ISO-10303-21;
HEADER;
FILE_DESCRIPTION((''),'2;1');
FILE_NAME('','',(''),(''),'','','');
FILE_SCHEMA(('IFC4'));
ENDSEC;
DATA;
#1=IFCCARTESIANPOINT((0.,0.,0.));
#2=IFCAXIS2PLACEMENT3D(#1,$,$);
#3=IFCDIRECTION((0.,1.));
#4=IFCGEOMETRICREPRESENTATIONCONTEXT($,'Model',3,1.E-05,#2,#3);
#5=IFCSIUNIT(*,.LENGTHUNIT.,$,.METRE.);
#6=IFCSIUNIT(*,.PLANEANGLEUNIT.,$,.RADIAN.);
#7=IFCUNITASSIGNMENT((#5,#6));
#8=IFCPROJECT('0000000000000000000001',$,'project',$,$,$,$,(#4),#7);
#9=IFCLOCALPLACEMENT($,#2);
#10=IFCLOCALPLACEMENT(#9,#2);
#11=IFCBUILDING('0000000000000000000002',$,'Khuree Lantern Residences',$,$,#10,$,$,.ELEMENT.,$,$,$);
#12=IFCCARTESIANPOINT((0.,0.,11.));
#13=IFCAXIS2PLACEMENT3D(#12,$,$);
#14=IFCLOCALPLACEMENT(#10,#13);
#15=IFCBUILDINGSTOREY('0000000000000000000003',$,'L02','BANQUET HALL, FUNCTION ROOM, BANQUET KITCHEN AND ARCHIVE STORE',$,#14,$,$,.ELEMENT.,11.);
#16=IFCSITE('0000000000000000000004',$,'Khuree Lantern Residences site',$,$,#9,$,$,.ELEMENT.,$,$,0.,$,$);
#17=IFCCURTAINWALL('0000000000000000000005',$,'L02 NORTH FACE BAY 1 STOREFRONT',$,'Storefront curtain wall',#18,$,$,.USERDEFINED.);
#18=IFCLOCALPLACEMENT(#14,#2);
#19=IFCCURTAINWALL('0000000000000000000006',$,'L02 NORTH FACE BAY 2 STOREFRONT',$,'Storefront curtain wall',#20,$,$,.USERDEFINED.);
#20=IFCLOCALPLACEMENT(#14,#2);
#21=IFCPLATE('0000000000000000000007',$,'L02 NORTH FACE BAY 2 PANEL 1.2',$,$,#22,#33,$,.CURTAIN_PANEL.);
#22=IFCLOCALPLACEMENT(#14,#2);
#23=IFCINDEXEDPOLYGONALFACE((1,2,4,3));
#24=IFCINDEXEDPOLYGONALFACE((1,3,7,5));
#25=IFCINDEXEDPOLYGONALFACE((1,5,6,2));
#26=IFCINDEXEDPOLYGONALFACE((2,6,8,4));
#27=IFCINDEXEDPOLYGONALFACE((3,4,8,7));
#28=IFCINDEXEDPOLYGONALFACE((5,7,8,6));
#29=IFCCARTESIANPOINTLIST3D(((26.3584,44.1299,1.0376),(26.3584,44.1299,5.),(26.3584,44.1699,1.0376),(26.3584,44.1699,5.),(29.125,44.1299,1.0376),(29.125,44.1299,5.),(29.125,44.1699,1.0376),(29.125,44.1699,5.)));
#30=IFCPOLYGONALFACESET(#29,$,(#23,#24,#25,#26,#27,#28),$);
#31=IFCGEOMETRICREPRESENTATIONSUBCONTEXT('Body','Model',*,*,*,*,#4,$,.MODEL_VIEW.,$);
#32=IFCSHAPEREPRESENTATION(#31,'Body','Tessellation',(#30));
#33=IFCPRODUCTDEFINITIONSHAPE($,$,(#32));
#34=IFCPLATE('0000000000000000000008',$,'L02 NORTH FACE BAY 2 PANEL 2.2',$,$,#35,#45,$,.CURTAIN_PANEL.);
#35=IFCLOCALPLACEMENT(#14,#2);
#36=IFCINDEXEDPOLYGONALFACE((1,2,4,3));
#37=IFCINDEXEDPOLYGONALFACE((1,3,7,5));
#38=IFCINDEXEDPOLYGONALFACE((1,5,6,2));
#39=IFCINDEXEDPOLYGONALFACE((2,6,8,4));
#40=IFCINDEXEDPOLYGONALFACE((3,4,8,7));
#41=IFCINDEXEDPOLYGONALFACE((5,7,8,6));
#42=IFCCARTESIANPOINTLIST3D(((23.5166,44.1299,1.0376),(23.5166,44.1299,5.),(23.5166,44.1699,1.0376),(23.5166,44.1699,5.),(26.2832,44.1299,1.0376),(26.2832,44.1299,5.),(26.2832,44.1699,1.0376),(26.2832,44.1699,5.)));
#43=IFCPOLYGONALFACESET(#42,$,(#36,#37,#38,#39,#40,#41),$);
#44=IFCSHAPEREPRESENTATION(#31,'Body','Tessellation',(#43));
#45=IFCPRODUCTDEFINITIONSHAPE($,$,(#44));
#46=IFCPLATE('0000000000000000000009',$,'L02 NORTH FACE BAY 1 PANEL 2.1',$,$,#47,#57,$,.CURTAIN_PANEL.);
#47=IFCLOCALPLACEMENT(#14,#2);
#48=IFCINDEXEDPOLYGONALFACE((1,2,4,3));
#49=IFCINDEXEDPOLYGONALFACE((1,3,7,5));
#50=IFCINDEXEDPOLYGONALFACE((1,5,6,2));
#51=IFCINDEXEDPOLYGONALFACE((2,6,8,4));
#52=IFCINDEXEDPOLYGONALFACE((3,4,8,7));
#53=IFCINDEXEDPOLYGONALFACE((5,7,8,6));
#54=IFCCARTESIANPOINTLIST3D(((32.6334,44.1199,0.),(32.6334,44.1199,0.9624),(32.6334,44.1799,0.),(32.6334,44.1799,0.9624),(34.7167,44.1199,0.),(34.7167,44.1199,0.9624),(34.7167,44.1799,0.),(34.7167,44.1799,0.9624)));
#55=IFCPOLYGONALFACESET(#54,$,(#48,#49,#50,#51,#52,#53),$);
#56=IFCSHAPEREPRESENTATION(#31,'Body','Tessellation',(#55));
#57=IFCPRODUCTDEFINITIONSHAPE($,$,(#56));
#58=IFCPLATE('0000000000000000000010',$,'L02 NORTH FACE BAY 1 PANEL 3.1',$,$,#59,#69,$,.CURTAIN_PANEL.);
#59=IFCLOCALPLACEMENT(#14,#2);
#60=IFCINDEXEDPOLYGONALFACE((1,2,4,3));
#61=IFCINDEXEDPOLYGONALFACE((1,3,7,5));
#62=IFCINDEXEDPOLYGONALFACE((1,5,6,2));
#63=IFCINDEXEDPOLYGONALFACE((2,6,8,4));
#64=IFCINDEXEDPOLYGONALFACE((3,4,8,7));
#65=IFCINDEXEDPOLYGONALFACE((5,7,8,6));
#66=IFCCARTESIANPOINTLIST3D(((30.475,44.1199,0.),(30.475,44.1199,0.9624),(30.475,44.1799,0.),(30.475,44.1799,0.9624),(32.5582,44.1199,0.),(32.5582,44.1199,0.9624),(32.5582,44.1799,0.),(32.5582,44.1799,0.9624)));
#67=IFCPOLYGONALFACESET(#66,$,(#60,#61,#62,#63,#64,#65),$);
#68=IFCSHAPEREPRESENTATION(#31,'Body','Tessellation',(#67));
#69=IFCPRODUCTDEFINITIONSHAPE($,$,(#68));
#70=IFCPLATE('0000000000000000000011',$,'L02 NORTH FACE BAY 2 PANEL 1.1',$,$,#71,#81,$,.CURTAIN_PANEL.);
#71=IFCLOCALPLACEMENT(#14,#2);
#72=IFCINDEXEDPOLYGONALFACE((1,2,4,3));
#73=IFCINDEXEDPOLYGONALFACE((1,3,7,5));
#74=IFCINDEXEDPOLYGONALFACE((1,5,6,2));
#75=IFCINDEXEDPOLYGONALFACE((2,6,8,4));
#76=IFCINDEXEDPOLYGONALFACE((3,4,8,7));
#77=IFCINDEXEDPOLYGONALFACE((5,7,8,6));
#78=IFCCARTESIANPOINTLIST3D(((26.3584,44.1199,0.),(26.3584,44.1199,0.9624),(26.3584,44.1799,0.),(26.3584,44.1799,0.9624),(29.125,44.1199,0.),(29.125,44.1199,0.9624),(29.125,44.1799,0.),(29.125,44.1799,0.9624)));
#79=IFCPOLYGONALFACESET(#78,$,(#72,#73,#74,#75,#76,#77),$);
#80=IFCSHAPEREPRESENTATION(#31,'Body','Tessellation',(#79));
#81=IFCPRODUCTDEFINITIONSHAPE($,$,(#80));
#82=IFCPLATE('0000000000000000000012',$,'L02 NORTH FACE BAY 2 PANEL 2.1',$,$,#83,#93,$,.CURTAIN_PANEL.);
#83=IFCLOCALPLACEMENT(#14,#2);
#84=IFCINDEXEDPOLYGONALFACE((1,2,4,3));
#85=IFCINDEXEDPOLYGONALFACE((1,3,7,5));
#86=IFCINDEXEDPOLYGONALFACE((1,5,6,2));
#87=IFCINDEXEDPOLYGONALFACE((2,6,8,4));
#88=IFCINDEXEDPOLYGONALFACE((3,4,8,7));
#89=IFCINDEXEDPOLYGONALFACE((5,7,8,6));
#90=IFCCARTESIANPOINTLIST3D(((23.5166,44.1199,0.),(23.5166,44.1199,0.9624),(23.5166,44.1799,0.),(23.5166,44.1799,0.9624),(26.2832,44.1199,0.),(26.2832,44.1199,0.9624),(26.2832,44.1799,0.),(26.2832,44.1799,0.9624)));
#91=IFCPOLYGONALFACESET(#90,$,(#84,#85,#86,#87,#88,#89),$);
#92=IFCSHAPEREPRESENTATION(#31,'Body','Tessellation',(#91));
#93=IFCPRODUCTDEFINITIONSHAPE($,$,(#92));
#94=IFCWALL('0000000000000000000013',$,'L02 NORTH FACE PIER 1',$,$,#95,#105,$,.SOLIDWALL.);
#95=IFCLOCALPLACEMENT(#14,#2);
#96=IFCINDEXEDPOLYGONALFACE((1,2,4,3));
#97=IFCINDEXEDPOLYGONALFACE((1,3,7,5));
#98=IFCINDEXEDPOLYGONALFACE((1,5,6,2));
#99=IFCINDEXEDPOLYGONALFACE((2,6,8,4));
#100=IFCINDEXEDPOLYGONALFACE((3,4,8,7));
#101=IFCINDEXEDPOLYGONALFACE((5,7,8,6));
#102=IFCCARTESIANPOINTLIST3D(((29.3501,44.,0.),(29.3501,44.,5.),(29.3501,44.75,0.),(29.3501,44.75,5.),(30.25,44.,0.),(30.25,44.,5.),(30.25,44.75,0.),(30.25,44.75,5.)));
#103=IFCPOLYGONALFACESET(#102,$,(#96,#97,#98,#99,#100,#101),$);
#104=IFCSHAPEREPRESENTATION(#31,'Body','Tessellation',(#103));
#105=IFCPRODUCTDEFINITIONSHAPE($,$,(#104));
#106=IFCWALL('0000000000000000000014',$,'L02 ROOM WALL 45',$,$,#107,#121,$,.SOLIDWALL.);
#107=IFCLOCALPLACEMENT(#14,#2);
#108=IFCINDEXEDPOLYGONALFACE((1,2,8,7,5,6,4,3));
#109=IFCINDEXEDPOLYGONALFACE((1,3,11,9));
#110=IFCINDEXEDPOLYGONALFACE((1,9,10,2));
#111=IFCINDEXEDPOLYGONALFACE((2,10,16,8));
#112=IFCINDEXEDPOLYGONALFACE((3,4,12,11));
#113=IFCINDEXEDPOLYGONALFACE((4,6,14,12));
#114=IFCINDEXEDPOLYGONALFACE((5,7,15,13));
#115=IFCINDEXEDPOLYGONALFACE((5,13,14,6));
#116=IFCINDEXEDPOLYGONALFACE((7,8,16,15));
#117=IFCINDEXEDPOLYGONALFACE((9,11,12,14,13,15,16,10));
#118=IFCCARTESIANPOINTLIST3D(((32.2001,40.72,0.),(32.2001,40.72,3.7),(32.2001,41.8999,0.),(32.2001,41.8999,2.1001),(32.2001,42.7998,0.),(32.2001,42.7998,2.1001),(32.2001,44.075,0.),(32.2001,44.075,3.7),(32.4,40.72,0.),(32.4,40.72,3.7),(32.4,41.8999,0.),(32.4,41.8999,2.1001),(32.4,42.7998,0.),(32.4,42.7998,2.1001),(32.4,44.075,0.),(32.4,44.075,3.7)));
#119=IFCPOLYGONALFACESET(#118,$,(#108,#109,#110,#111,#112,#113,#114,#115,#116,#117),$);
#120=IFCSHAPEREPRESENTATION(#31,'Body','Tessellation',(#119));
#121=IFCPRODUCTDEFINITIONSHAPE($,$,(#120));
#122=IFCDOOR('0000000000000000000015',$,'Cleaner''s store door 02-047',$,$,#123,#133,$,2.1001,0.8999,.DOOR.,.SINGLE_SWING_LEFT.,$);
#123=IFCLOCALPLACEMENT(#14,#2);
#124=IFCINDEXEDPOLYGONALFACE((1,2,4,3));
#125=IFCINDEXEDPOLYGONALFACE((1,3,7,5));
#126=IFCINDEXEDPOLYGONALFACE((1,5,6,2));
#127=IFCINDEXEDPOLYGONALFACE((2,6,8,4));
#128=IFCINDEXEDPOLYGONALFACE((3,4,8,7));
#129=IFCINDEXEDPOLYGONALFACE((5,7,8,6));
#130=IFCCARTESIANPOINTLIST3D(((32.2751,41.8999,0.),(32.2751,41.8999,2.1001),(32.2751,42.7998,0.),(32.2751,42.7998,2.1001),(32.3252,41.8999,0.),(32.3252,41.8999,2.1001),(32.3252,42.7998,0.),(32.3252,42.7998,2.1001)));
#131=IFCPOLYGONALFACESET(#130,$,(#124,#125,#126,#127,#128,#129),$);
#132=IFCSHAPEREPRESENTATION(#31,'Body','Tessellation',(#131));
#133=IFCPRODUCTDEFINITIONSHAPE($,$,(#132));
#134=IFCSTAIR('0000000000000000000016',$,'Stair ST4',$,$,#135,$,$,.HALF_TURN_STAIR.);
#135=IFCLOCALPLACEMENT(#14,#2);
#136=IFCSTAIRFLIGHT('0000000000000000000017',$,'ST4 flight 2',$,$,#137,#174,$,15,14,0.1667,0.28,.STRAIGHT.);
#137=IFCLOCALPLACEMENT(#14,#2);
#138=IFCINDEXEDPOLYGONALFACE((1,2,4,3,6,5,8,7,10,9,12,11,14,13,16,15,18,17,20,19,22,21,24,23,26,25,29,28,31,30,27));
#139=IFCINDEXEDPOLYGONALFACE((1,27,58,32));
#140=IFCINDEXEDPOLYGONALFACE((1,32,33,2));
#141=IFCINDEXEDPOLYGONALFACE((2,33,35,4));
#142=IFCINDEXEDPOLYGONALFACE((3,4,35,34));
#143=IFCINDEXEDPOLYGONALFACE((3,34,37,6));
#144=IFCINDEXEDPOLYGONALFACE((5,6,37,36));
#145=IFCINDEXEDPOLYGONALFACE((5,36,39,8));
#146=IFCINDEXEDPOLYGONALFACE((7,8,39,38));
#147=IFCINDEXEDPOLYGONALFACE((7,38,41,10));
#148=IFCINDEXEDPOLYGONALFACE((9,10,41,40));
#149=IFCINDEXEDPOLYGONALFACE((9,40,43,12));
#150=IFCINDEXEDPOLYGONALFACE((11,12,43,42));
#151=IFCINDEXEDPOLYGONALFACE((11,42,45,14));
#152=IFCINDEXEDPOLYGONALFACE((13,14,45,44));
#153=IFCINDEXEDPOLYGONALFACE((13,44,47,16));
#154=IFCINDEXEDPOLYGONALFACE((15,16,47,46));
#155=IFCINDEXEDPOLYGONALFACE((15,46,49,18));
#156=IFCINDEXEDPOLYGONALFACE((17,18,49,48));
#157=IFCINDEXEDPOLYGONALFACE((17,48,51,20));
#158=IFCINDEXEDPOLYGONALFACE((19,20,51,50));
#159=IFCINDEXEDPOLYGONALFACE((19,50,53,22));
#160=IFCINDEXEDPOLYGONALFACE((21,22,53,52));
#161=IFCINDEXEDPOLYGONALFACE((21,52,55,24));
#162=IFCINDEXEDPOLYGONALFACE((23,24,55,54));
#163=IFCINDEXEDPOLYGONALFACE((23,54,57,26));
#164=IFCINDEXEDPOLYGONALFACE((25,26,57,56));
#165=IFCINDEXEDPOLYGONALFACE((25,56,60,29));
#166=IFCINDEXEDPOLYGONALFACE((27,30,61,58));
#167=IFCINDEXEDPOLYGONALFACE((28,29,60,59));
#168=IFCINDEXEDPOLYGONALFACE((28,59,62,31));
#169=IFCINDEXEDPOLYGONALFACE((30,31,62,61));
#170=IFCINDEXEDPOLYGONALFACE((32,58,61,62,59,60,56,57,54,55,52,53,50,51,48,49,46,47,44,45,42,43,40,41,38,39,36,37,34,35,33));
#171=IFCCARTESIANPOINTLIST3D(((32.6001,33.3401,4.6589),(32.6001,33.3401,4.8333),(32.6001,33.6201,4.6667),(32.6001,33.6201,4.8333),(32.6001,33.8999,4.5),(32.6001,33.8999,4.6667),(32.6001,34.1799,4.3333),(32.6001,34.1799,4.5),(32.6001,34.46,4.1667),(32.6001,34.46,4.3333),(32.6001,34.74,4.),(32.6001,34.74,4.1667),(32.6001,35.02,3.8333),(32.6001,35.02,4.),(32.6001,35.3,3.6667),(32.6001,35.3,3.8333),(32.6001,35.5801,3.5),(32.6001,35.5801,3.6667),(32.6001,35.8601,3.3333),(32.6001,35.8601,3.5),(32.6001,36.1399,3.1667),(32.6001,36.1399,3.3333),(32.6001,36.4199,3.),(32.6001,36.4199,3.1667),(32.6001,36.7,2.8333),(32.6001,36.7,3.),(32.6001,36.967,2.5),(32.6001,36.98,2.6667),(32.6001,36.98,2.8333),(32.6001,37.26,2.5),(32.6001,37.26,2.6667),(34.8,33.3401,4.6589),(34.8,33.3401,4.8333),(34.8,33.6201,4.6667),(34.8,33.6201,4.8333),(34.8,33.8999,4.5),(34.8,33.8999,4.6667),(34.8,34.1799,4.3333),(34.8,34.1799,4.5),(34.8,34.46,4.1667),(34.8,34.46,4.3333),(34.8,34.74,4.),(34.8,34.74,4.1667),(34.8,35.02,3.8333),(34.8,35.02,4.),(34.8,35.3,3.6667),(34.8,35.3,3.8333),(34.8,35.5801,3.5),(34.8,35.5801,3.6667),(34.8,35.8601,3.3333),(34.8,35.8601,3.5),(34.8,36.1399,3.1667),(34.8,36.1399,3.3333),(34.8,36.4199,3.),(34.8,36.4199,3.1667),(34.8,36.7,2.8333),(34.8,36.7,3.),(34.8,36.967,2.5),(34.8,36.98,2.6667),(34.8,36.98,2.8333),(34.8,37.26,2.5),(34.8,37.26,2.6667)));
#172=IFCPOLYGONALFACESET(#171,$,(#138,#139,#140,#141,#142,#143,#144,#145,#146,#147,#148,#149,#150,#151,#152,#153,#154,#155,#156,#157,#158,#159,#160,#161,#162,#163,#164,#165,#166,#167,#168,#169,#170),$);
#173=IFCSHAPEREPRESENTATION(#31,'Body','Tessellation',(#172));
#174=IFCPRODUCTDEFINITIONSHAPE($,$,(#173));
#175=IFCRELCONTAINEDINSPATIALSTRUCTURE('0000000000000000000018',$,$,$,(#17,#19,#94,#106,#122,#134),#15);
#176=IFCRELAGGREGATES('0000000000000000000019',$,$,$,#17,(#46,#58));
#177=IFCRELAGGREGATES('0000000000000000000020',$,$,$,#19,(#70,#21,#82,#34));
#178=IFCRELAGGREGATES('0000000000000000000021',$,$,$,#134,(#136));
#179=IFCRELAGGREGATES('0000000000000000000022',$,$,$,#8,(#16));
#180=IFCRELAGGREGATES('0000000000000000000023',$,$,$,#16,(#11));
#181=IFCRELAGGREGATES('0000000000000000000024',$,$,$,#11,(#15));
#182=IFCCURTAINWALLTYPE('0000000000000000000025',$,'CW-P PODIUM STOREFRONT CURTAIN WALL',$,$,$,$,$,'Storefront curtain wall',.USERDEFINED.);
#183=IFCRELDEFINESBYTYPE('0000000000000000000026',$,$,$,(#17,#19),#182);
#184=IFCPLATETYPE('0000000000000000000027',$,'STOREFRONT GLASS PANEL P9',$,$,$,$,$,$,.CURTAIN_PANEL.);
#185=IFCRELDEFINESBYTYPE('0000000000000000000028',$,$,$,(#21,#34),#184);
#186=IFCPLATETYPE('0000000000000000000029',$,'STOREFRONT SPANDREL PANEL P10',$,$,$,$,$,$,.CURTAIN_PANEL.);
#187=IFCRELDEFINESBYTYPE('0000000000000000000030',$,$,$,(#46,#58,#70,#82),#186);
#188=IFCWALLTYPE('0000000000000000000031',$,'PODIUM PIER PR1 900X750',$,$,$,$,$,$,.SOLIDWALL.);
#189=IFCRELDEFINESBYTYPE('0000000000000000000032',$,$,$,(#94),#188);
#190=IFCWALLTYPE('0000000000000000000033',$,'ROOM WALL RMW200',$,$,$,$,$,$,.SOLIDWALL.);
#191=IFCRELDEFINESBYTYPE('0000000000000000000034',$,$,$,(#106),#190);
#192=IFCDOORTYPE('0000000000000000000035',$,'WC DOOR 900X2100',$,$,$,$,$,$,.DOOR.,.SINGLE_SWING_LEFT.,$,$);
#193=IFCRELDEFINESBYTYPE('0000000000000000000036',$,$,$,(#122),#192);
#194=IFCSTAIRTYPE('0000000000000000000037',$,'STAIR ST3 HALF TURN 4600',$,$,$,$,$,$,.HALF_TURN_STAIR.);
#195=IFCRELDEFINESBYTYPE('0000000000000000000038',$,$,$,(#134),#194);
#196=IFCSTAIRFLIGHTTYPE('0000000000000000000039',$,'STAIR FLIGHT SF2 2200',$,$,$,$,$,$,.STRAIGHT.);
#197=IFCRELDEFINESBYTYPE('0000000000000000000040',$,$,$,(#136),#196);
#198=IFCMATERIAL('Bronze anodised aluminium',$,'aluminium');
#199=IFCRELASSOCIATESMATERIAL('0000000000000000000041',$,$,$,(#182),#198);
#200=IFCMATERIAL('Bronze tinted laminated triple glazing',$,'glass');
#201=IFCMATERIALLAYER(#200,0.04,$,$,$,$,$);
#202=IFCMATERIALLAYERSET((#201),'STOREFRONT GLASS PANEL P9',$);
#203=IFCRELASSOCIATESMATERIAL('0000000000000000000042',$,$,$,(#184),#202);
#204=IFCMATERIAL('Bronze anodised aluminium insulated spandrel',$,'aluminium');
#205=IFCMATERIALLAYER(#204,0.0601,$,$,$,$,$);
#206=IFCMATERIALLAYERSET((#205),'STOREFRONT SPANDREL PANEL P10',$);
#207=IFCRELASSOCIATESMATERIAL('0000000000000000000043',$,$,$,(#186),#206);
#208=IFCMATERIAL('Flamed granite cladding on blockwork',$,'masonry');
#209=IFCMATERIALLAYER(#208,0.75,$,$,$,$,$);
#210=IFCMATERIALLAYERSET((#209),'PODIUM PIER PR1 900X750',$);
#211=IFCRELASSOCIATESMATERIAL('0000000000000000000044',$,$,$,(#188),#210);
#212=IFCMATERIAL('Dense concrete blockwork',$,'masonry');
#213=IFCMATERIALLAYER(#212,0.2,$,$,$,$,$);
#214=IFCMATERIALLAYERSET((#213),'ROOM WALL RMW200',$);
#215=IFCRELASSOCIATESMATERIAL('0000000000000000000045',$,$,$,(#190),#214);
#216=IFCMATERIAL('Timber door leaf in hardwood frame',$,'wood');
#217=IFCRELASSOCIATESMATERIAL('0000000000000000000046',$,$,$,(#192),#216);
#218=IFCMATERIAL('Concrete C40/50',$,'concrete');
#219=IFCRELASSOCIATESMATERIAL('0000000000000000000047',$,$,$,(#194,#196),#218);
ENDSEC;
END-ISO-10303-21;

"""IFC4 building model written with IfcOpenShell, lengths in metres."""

from ifc_helpers import new_model, si_unit, direction, frame, frame_2d, origin, origin_2d, place, context, subcontext, project, spatial, polyline, rectangle, outline, extrude, material, layer, layer_set, type_object, element, fill, aggregate, save


model = new_model("IFC4")

# Units and contexts
model_context = context("Model", 3, precision=1e-05, world=origin(), true_north=direction((0.0, 1.0)))
body_context = subcontext(model_context, "Body", "Model", "MODEL_VIEW")
ifc_project = project(units=[si_unit("LENGTHUNIT", "METRE"), si_unit("PLANEANGLEUNIT", "RADIAN")], contexts=[model_context])

# Site, building, storey
site_placement = place(None, origin())
site = spatial("IfcSite", under=ifc_project, at=site_placement, Name="Khuree Lantern Residences site", CompositionType="ELEMENT", RefElevation=0.0)
building_placement = place(site_placement, origin())
building = spatial("IfcBuilding", under=site, at=building_placement, Name="Khuree Lantern Residences", CompositionType="ELEMENT")
storey_placement = place(building_placement, frame((0.0, 0.0, 11.0)))
storey = spatial("IfcBuildingStorey", under=building, at=storey_placement, Name="L02", Description="BANQUET HALL, FUNCTION ROOM, BANQUET KITCHEN AND ARCHIVE STORE", CompositionType="ELEMENT", Elevation=11.0)

# Curtain walls
ifc_material_1 = material(Name="Bronze anodised aluminium", Category="aluminium")
curtain_wall_type = type_object("IfcCurtainWallType", Name="CW-P PODIUM STOREFRONT CURTAIN WALL", ElementType="Storefront curtain wall", PredefinedType="USERDEFINED", material=ifc_material_1)
curtain_wall_1_placement = place(storey_placement, origin())
curtain_wall_1 = element("IfcCurtainWall", 1, at=curtain_wall_1_placement, inside=storey, type_object=curtain_wall_type, Name="L02 NORTH FACE BAY 1 STOREFRONT", ObjectType="Storefront curtain wall", PredefinedType="USERDEFINED")
curtain_wall_2_placement = place(storey_placement, origin())
curtain_wall_2 = element("IfcCurtainWall", 2, at=curtain_wall_2_placement, inside=storey, type_object=curtain_wall_type, Name="L02 NORTH FACE BAY 2 STOREFRONT", ObjectType="Storefront curtain wall", PredefinedType="USERDEFINED")

# Shared definitions
ifc_material_2 = material(Name="Concrete C40/50", Category="concrete")

# Plates
ifc_material_3 = material(Name="Bronze tinted laminated triple glazing", Category="glass")
ifc_layer_1 = layer(ifc_material_3, 0.04)
ifc_layer_set_1 = layer_set([ifc_layer_1], Name="STOREFRONT GLASS PANEL P9")
plate_type_1 = type_object("IfcPlateType", Name="STOREFRONT GLASS PANEL P9", PredefinedType="CURTAIN_PANEL", material=ifc_layer_set_1)
plate_1_placement = place(storey_placement, frame((27.7417, 44.1499, 1.0376), z_axis=(0.0, 0.0, 1.0), x_axis=(-1.0, 0.0, 0.0)))
plate_1 = element("IfcPlate", 3, at=plate_1_placement, type_object=plate_type_1, Name="L02 NORTH FACE BAY 2 PANEL 1.2", PredefinedType="CURTAIN_PANEL", context=body_context, shape_type="SweptSolid", body=[
    extrude(rectangle(XDim=2.7666, YDim=0.04, at=origin_2d()), origin(), (0.0, 0.0, 1.0), 3.9624),
])
plate_2_placement = place(storey_placement, frame((24.8999, 44.1499, 1.0376), z_axis=(0.0, 0.0, 1.0), x_axis=(-1.0, 0.0, 0.0)))
plate_2 = element("IfcPlate", 4, at=plate_2_placement, type_object=plate_type_1, Name="L02 NORTH FACE BAY 2 PANEL 2.2", PredefinedType="CURTAIN_PANEL", context=body_context, shape_type="SweptSolid", body=[
    extrude(rectangle(XDim=2.7666, YDim=0.04, at=origin_2d()), origin(), (0.0, 0.0, 1.0), 3.9624),
])
ifc_material_4 = material(Name="Bronze anodised aluminium insulated spandrel", Category="aluminium")
ifc_layer_2 = layer(ifc_material_4, 0.0601)
ifc_layer_set_2 = layer_set([ifc_layer_2], Name="STOREFRONT SPANDREL PANEL P10")
plate_type_2 = type_object("IfcPlateType", Name="STOREFRONT SPANDREL PANEL P10", PredefinedType="CURTAIN_PANEL", material=ifc_layer_set_2)
plate_3_placement = place(storey_placement, frame((33.675, 44.1499, 0.0), z_axis=(0.0, 0.0, 1.0), x_axis=(-1.0, 0.0, 0.0)))
plate_3 = element("IfcPlate", 5, at=plate_3_placement, type_object=plate_type_2, Name="L02 NORTH FACE BAY 1 PANEL 2.1", PredefinedType="CURTAIN_PANEL", context=body_context, shape_type="SweptSolid", body=[
    extrude(rectangle(XDim=2.0833, YDim=0.0601, at=origin_2d()), origin(), (0.0, 0.0, 1.0), 0.9624),
])
plate_4_placement = place(storey_placement, frame((31.5166, 44.1499, 0.0), z_axis=(0.0, 0.0, 1.0), x_axis=(-1.0, 0.0, 0.0)))
plate_4 = element("IfcPlate", 6, at=plate_4_placement, type_object=plate_type_2, Name="L02 NORTH FACE BAY 1 PANEL 3.1", PredefinedType="CURTAIN_PANEL", context=body_context, shape_type="SweptSolid", body=[
    extrude(rectangle(XDim=2.0833, YDim=0.0601, at=origin_2d()), origin(), (0.0, 0.0, 1.0), 0.9624),
])
aggregate(curtain_wall_1, [plate_3, plate_4])
plate_5_placement = place(storey_placement, frame((27.7417, 44.1499, 0.0), z_axis=(0.0, 0.0, 1.0), x_axis=(-1.0, 0.0, 0.0)))
plate_5 = element("IfcPlate", 7, at=plate_5_placement, type_object=plate_type_2, Name="L02 NORTH FACE BAY 2 PANEL 1.1", PredefinedType="CURTAIN_PANEL", context=body_context, shape_type="SweptSolid", body=[
    extrude(rectangle(XDim=2.7666, YDim=0.0601, at=origin_2d()), origin(), (0.0, 0.0, 1.0), 0.9624),
])
plate_6_placement = place(storey_placement, frame((24.8999, 44.1499, 0.0), z_axis=(0.0, 0.0, 1.0), x_axis=(-1.0, 0.0, 0.0)))
plate_6 = element("IfcPlate", 8, at=plate_6_placement, type_object=plate_type_2, Name="L02 NORTH FACE BAY 2 PANEL 2.1", PredefinedType="CURTAIN_PANEL", context=body_context, shape_type="SweptSolid", body=[
    extrude(rectangle(XDim=2.7666, YDim=0.0601, at=origin_2d()), origin(), (0.0, 0.0, 1.0), 0.9624),
])
aggregate(curtain_wall_2, [plate_5, plate_1, plate_6, plate_2])

# Wall
ifc_material_5 = material(Name="Flamed granite cladding on blockwork", Category="masonry")
ifc_layer_3 = layer(ifc_material_5, 0.75)
ifc_layer_set_3 = layer_set([ifc_layer_3], Name="PODIUM PIER PR1 900X750")
wall_type_1 = type_object("IfcWallType", Name="PODIUM PIER PR1 900X750", PredefinedType="SOLIDWALL", material=ifc_layer_set_3)
wall_1_placement = place(storey_placement, frame((30.25, 44.375, 0.0), z_axis=(0.0, 0.0, 1.0), x_axis=(-1.0, 0.0, 0.0)))
element("IfcWall", 9, at=wall_1_placement, inside=storey, type_object=wall_type_1, Name="L02 NORTH FACE PIER 1", PredefinedType="SOLIDWALL", context=body_context, shape_type="SweptSolid", body=[
    extrude(rectangle(XDim=0.8999, YDim=0.75, at=frame_2d((0.45, 0.0))), origin(), (0.0, 0.0, 1.0), 5.0),
])

# Wall, opening, door
ifc_material_6 = material(Name="Dense concrete blockwork", Category="masonry")
ifc_layer_4 = layer(ifc_material_6, 0.2)
ifc_layer_set_4 = layer_set([ifc_layer_4], Name="ROOM WALL RMW200")
wall_type_2 = type_object("IfcWallType", Name="ROOM WALL RMW200", PredefinedType="SOLIDWALL", material=ifc_layer_set_4)
wall_2_placement = place(storey_placement, frame((32.3, 40.72, 0.0), z_axis=(0.0, 0.0, 1.0), x_axis=(0.0, 1.0, 0.0)))
wall_2 = element("IfcWall", 10, at=wall_2_placement, inside=storey, type_object=wall_type_2, Name="L02 ROOM WALL 45", PredefinedType="SOLIDWALL", context=body_context, shape_type="SweptSolid", body=[
    extrude(rectangle(XDim=3.355, YDim=0.2, at=frame_2d((1.6775, 0.0))), origin(), (0.0, 0.0, 1.0), 3.7),
])
opening_placement = place(wall_2_placement, frame((1.1799, 0.0, 0.0)))
opening = element("IfcOpeningElement", 11, at=opening_placement, cuts=wall_2, PredefinedType="OPENING", context=body_context, shape_type="SweptSolid", body=[
    extrude(rectangle(XDim=0.8999, YDim=2.1001, at=frame_2d((0.45, 1.05))), frame((0.0, 0.1099, 0.0), z_axis=(0.0, -1.0, 0.0), x_axis=(1.0, 0.0, 0.0)), (0.0, 0.0, 1.0), 0.22),
])
ifc_material_7 = material(Name="Timber door leaf in hardwood frame", Category="wood")
door_type = type_object("IfcDoorType", Name="WC DOOR 900X2100", OperationType="SINGLE_SWING_LEFT", PredefinedType="DOOR", material=ifc_material_7)
door_placement = place(opening_placement, origin())
door = element("IfcDoor", 12, at=door_placement, inside=storey, type_object=door_type, Name="Cleaner's store door 02-047", OperationType="SINGLE_SWING_LEFT", OverallHeight=2.1001, OverallWidth=0.8999, PredefinedType="DOOR", context=body_context, shape_type="SweptSolid", body=[
    extrude(rectangle(XDim=0.8999, YDim=2.1001, at=frame_2d((0.45, 1.05))), frame((0.0, 0.0249, 0.0), z_axis=(0.0, -1.0, 0.0), x_axis=(1.0, 0.0, 0.0)), (0.0, 0.0, 1.0), 0.05),
])
fill(opening, door)

# Stair, stair flight
stair_type = type_object("IfcStairType", Name="STAIR ST3 HALF TURN 4600", PredefinedType="HALF_TURN_STAIR", material=ifc_material_2)
stair_placement = place(storey_placement, origin())
stair = element("IfcStair", 13, at=stair_placement, inside=storey, type_object=stair_type, Name="Stair ST4", PredefinedType="HALF_TURN_STAIR")
stair_flight_type = type_object("IfcStairFlightType", Name="STAIR FLIGHT SF2 2200", PredefinedType="STRAIGHT", material=ifc_material_2)
stair_flight_placement = place(storey_placement, frame((33.7, 37.26, 2.5), z_axis=(0.0, 0.0, 1.0), x_axis=(0.0, -1.0, 0.0)))
stair_flight = element("IfcStairFlight", 14, at=stair_flight_placement, type_object=stair_flight_type, Name="ST4 flight 2", NumberOfRisers=15, NumberOfTreads=14, PredefinedType="STRAIGHT", RiserHeight=0.1667, TreadLength=0.28, context=body_context, shape_type="SweptSolid", body=[
    extrude(outline(polyline([(0.0, 0.0), (0.0, 0.1667), (0.28, 0.1667), (0.28, 0.3333), (0.5601, 0.3333), (0.5601, 0.5), (0.8401, 0.5), (0.8401, 0.6667), (1.1201, 0.6667), (1.1201, 0.8333), (1.3999, 0.8333), (1.3999, 1.0), (1.6799, 1.0), (1.6799, 1.1667), (1.96, 1.1667), (1.96, 1.3333), (2.24, 1.3333), (2.24, 1.5), (2.52, 1.5), (2.52, 1.6667), (2.8, 1.6667), (2.8, 1.8333), (3.0801, 1.8333), (3.0801, 2.0), (3.3601, 2.0), (3.3601, 2.1667), (3.6399, 2.1667), (3.6399, 2.3333), (3.9199, 2.3333), (3.9199, 2.5), (3.9199, 2.1589), (0.293, 0.0), (0.0, 0.0)])), frame((0.0, 1.1001, 0.0), z_axis=(0.0, -1.0, 0.0), x_axis=(1.0, 0.0, 0.0)), (0.0, 0.0, 1.0), 2.2),
])
aggregate(stair, [stair_flight])

save(model, "model.ifc")
